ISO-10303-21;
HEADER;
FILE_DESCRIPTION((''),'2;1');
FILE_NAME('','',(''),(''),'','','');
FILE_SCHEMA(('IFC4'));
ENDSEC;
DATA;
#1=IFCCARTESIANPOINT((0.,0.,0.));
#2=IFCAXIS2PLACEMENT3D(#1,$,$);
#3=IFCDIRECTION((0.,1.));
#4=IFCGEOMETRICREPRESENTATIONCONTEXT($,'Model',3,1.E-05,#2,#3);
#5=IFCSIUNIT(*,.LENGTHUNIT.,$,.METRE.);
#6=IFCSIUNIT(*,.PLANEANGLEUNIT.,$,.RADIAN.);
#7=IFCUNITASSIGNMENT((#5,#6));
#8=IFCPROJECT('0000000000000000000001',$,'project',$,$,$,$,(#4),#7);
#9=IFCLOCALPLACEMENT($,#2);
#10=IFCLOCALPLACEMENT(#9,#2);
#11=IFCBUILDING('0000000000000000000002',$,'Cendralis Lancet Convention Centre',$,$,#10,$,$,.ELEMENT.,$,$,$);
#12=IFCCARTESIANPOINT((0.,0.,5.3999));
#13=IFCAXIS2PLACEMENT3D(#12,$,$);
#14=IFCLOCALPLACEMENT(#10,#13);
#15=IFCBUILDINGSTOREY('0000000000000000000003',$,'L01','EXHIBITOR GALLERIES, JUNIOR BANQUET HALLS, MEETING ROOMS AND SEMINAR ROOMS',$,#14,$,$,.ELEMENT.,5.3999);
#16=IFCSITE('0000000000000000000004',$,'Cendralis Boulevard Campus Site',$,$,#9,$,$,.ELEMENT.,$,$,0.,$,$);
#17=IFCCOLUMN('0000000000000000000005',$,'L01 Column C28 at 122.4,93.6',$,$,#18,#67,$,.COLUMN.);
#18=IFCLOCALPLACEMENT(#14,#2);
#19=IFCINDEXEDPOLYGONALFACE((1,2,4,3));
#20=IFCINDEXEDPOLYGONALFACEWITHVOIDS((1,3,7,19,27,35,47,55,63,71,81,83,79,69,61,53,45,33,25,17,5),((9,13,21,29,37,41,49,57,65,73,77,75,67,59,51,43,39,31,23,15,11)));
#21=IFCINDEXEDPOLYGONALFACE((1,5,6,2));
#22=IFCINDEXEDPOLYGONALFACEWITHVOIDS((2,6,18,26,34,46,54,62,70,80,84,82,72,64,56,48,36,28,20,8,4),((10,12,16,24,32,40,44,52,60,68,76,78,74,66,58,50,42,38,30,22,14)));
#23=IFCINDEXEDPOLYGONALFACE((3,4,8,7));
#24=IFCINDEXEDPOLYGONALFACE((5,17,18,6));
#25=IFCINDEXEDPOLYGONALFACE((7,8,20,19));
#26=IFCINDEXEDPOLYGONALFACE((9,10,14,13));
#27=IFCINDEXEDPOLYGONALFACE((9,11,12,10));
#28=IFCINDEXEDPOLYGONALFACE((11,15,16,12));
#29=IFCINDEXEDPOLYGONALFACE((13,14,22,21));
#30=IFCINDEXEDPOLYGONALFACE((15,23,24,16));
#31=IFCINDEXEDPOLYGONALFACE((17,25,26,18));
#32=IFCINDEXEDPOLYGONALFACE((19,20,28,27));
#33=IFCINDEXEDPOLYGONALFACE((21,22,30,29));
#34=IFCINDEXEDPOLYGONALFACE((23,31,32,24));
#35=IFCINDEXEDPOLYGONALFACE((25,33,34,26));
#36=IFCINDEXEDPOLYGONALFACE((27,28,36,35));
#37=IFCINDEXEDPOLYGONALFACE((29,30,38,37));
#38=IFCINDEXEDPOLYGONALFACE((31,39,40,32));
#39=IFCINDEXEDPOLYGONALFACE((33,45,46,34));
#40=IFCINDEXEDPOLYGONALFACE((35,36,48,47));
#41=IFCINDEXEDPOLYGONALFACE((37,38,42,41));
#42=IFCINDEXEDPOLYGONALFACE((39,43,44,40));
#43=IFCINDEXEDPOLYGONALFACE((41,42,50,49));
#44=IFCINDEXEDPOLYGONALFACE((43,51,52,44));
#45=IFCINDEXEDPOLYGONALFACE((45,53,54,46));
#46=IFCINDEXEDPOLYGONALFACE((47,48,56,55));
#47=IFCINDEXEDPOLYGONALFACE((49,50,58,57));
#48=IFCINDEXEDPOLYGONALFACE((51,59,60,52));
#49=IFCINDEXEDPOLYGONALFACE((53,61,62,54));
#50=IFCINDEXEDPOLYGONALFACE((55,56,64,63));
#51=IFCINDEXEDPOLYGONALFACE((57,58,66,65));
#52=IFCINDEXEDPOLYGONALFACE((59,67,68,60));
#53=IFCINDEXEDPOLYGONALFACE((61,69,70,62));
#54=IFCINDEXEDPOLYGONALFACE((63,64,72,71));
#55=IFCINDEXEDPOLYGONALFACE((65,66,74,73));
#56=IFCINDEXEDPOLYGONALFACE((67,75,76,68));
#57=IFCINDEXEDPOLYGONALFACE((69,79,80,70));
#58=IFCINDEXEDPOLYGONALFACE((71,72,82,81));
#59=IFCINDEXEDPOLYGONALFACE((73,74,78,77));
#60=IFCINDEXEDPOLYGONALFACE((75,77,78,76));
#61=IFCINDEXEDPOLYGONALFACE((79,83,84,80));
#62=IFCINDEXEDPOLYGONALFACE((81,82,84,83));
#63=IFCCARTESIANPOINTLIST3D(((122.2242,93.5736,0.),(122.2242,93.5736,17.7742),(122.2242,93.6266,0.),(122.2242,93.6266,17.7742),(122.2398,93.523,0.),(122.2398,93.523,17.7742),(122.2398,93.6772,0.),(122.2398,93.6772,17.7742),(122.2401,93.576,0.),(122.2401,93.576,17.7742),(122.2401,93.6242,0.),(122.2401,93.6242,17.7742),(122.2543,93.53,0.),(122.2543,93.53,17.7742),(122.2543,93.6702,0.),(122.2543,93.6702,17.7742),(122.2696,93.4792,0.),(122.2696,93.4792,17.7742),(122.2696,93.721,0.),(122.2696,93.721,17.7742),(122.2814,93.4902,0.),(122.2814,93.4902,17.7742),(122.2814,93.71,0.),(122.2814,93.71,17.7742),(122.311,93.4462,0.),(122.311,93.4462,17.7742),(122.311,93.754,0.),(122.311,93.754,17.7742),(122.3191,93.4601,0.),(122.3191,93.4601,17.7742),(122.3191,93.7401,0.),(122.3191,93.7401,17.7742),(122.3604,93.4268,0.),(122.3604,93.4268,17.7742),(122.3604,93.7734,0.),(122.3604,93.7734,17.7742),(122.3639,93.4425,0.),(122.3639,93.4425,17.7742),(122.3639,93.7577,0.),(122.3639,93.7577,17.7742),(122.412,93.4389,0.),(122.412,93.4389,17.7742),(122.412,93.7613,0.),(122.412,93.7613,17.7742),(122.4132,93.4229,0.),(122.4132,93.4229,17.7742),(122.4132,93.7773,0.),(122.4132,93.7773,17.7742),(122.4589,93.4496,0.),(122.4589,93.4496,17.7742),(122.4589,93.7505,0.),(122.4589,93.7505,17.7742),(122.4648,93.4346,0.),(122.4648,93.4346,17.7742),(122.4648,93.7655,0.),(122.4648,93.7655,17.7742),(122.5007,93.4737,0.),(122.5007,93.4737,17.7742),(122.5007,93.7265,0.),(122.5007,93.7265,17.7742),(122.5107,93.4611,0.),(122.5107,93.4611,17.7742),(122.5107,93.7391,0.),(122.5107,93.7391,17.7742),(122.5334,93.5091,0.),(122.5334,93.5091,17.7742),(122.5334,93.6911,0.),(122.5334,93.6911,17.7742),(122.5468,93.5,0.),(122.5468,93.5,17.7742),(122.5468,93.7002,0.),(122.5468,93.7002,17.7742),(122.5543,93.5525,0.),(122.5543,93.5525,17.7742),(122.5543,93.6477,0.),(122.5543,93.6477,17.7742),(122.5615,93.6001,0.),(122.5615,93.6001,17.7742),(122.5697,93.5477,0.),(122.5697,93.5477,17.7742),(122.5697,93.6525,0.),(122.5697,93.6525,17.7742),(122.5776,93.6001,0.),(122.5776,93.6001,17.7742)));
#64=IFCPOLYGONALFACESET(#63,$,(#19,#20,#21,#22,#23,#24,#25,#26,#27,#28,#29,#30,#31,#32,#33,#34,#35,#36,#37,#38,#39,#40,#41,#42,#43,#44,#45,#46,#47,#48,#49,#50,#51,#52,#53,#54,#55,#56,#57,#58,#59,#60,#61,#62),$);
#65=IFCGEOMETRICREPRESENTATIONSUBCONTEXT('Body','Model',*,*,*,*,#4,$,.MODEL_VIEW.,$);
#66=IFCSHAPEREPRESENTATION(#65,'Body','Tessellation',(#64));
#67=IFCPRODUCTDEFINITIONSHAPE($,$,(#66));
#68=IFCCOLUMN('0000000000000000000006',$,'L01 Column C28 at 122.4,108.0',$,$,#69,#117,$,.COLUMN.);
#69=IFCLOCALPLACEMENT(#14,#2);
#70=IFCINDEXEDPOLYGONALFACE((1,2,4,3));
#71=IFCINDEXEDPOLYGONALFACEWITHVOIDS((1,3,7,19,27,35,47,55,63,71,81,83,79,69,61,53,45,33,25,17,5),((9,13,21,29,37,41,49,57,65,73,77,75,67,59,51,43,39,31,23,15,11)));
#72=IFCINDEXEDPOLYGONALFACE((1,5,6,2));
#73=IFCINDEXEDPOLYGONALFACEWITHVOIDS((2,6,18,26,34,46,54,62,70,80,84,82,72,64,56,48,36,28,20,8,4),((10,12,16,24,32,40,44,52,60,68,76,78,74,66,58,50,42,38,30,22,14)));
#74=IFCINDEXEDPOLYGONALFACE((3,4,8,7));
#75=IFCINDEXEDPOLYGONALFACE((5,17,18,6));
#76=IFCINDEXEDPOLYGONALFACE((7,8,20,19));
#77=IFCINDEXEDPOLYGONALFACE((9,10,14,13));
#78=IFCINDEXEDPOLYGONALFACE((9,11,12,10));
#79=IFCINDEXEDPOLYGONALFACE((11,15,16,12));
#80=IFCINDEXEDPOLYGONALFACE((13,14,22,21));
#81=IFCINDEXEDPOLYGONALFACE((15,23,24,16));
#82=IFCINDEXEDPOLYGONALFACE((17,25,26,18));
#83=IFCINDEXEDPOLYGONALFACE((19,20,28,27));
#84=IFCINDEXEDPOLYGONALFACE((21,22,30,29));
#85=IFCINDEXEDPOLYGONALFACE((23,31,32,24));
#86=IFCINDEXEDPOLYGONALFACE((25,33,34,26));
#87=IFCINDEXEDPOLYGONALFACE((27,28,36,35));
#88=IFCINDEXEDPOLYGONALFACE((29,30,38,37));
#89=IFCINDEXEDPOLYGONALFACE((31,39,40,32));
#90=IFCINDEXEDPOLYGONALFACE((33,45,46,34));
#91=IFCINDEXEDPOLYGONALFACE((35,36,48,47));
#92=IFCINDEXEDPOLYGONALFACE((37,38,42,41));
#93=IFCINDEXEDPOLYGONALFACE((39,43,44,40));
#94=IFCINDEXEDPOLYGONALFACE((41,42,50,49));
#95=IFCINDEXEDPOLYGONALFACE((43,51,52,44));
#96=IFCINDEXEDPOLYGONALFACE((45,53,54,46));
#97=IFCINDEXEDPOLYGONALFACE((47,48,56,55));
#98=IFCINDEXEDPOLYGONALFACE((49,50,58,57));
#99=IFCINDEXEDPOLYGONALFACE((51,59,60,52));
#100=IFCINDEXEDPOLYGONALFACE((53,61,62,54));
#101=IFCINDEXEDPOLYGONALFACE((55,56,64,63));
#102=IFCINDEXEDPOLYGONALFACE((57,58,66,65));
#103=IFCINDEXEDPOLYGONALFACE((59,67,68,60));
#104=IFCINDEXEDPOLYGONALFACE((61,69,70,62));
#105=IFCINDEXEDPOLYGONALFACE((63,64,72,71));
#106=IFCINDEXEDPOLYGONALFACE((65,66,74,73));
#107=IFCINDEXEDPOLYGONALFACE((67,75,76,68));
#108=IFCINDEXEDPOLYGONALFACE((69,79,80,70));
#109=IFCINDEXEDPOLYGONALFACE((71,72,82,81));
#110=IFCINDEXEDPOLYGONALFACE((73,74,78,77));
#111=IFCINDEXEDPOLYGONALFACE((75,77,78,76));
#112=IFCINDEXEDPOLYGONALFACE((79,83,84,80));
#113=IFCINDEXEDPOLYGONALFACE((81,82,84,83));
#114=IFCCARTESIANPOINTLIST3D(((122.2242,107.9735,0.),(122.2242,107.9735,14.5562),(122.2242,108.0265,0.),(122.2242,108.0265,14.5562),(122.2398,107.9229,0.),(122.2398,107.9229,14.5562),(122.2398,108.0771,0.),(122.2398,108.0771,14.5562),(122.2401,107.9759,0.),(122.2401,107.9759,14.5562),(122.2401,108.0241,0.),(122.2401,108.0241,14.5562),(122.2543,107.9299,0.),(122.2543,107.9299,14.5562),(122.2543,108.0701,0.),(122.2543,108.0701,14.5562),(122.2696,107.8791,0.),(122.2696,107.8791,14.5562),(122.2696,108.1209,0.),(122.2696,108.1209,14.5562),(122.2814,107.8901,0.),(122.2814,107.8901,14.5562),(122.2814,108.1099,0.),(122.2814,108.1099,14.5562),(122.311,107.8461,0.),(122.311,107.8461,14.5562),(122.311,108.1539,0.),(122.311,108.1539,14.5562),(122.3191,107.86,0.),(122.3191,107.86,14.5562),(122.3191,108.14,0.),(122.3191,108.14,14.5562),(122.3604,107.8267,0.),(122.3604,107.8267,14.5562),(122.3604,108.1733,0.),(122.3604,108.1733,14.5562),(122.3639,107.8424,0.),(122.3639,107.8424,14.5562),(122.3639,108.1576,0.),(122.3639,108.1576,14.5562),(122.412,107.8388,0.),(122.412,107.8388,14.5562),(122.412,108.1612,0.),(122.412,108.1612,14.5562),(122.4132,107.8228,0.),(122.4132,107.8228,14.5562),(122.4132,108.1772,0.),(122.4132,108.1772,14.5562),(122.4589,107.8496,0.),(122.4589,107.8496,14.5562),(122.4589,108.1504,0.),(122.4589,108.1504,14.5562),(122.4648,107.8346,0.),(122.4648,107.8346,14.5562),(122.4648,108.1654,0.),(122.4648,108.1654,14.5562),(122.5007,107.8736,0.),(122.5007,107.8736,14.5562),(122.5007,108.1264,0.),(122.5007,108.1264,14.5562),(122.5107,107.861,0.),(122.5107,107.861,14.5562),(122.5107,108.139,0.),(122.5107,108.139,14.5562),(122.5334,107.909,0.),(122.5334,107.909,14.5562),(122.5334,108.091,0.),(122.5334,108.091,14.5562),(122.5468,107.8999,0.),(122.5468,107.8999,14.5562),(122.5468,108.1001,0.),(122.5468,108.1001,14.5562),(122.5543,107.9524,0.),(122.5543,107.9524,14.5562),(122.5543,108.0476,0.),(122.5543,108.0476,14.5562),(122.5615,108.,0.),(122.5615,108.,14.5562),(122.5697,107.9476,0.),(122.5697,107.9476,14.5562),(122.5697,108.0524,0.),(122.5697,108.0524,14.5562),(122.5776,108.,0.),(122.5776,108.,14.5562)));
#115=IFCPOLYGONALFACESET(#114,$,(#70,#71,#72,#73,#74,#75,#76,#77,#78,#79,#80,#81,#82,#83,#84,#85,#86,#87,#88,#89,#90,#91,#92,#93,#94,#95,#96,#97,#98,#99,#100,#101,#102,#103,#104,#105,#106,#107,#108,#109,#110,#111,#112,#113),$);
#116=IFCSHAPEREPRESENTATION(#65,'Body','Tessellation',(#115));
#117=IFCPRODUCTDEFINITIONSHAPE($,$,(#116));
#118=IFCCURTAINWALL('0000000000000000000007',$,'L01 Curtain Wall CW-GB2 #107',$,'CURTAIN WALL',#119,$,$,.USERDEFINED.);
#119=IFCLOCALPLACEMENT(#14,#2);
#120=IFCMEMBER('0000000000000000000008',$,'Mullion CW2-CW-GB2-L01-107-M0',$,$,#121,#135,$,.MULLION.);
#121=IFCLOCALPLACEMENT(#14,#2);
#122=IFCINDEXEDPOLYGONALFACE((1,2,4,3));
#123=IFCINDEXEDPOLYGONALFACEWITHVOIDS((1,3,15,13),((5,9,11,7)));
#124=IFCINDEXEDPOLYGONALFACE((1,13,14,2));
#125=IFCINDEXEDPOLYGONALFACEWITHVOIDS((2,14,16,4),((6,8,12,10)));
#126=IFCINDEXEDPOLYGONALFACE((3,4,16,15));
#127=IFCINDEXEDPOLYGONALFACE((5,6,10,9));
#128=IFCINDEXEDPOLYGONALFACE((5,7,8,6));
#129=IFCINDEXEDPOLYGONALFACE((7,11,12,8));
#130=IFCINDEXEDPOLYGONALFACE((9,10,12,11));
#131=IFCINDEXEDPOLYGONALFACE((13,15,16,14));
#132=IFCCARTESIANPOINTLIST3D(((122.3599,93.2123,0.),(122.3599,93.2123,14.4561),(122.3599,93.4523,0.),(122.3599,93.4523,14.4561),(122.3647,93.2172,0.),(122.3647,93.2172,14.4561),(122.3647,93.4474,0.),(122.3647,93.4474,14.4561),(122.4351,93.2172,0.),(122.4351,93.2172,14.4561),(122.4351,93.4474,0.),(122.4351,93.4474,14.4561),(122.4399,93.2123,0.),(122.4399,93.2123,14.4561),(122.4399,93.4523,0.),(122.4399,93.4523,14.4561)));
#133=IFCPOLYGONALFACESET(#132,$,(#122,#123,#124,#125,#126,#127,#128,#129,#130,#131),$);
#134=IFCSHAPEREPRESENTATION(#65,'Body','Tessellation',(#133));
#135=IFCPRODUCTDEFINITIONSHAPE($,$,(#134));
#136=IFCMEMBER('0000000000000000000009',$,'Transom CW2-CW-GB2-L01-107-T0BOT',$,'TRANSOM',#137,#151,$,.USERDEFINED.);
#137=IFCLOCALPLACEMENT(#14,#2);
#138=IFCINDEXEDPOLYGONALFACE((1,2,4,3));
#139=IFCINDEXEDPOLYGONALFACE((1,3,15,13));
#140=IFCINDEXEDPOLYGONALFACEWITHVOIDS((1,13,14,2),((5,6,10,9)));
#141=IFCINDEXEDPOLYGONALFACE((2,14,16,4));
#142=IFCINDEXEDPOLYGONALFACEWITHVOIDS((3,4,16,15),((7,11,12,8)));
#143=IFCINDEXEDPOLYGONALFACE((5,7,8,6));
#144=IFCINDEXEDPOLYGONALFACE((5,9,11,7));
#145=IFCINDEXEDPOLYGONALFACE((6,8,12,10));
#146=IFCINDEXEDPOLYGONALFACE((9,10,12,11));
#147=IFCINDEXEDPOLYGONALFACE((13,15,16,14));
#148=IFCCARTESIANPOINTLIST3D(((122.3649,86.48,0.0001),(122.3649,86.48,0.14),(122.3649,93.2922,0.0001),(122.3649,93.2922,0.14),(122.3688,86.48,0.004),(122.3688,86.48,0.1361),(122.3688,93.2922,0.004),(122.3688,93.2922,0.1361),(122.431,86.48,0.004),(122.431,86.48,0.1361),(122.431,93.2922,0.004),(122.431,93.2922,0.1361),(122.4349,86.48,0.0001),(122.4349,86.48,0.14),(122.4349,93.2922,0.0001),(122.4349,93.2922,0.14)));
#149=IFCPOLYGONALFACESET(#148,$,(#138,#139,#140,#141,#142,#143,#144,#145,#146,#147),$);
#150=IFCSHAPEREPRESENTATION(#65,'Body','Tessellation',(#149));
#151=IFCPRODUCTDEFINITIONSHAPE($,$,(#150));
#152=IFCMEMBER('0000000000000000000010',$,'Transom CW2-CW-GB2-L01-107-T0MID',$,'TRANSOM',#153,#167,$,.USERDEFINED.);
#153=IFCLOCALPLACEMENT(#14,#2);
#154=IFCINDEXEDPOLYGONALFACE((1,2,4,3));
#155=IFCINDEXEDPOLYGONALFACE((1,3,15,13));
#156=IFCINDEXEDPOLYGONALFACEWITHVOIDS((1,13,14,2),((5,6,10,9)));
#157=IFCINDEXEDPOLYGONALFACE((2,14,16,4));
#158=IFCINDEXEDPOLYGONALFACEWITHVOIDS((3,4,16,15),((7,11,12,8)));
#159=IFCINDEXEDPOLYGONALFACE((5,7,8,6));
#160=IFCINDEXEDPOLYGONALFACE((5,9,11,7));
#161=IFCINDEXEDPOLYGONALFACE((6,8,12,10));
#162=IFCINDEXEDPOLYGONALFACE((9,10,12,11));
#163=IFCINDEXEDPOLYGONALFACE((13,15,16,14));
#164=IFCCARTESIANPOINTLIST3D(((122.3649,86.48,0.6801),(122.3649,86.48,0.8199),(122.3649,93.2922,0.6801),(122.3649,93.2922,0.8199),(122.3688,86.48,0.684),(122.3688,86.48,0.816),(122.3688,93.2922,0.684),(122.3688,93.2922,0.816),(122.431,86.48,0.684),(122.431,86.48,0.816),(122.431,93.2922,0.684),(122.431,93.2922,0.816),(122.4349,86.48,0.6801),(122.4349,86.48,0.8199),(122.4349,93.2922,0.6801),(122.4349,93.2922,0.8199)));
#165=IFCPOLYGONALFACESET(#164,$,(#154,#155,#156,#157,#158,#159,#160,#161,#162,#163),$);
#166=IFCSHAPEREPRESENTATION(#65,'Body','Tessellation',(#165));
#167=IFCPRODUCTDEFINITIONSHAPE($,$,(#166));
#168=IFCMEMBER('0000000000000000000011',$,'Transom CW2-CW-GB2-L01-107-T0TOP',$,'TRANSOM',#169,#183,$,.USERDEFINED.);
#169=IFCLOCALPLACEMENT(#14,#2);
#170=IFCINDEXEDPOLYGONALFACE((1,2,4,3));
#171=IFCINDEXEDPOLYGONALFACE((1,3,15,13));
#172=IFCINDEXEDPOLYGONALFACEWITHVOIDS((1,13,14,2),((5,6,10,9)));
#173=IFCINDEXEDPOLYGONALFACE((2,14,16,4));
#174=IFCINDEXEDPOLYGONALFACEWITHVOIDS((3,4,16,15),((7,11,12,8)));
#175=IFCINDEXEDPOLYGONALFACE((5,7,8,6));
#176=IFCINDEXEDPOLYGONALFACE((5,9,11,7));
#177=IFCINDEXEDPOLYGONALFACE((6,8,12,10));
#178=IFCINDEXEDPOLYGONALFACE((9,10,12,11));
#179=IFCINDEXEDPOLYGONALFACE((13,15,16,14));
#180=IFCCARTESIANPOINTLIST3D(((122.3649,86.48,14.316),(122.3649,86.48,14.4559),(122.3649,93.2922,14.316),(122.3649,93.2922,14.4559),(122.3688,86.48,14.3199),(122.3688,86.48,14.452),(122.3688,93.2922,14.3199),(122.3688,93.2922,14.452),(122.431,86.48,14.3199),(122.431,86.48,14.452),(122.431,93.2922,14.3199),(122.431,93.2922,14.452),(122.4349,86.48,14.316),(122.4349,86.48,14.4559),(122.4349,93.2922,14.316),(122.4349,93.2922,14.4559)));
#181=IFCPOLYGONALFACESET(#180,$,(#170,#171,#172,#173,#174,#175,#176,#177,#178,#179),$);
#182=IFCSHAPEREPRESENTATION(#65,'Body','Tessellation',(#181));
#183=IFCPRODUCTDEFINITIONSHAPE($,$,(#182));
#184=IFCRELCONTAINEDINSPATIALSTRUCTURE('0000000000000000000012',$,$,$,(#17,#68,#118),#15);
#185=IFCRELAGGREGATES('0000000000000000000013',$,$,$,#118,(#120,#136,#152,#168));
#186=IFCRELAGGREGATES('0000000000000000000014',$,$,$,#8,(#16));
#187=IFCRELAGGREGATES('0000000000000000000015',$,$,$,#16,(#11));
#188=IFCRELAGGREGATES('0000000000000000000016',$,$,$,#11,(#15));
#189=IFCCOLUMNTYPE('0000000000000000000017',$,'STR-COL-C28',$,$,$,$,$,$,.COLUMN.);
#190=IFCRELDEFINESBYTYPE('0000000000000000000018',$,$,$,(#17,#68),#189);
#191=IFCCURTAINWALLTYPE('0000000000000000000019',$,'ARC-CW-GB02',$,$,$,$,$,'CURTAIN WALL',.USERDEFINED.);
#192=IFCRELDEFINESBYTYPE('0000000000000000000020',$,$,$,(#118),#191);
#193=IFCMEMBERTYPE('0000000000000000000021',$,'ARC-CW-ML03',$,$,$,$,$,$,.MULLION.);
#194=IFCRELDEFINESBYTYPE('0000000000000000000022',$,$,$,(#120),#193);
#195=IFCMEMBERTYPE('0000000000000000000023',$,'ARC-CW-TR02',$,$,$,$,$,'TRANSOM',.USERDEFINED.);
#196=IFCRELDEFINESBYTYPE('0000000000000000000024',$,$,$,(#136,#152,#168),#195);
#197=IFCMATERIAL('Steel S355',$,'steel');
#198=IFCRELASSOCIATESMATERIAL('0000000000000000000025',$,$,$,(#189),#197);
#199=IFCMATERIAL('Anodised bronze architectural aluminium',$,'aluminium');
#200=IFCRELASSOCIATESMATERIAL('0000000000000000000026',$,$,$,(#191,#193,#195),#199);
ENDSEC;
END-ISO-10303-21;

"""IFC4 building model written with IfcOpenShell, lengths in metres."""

from ifc_helpers import new_model, si_unit, direction, frame, origin, origin_2d, place, context, subcontext, project, spatial, hollow_rectangle, hollow_circle, extrude, material, material_profile, profile_set, type_object, element, aggregate, save


model = new_model("IFC4")

# Units and contexts
model_context = context("Model", 3, precision=1e-05, world=origin(), true_north=direction((0.0, 1.0)))
body_context = subcontext(model_context, "Body", "Model", "MODEL_VIEW")
ifc_project = project(units=[si_unit("LENGTHUNIT", "METRE"), si_unit("PLANEANGLEUNIT", "RADIAN")], contexts=[model_context])

# Site, building, storey
site_placement = place(None, origin())
site = spatial("IfcSite", under=ifc_project, at=site_placement, Name="Cendralis Boulevard Campus Site", CompositionType="ELEMENT", RefElevation=0.0)
building_placement = place(site_placement, origin())
building = spatial("IfcBuilding", under=site, at=building_placement, Name="Cendralis Lancet Convention Centre", CompositionType="ELEMENT")
storey_placement = place(building_placement, frame((0.0, 0.0, 5.3999)))
storey = spatial("IfcBuildingStorey", under=building, at=storey_placement, Name="L01", Description="EXHIBITOR GALLERIES, JUNIOR BANQUET HALLS, MEETING ROOMS AND SEMINAR ROOMS", CompositionType="ELEMENT", Elevation=5.3999)

# Columns
ifc_material_1 = material(Name="Steel S355", Category="steel")
ifc_material_profile_1 = material_profile(ifc_material_1, hollow_circle(Radius=0.1777, WallThickness=0.0161, at=origin_2d()), Name="CHS 355.6x16.0")
ifc_profile_set_1 = profile_set([ifc_material_profile_1], Name="Steel S355")
column_type = type_object("IfcColumnType", Name="STR-COL-C28", PredefinedType="COLUMN", material=ifc_profile_set_1)
column_1_placement = place(storey_placement, frame((122.3999, 93.6001, 0.0), z_axis=(0.0, 0.0, 1.0), x_axis=(1.0, 0.0, 0.0)))
element("IfcColumn", 1, at=column_1_placement, inside=storey, type_object=column_type, Name="L01 Column C28 at 122.4,93.6", PredefinedType="COLUMN", context=body_context, shape_type="SweptSolid", body=[
    extrude(hollow_circle(Radius=0.1777, WallThickness=0.0161, at=origin_2d()), origin(), (0.0, 0.0, 1.0), 17.7742),
])
column_2_placement = place(storey_placement, frame((122.3999, 108.0, 0.0), z_axis=(0.0, 0.0, 1.0), x_axis=(1.0, 0.0, 0.0)))
element("IfcColumn", 2, at=column_2_placement, inside=storey, type_object=column_type, Name="L01 Column C28 at 122.4,108.0", PredefinedType="COLUMN", context=body_context, shape_type="SweptSolid", body=[
    extrude(hollow_circle(Radius=0.1777, WallThickness=0.0161, at=origin_2d()), origin(), (0.0, 0.0, 1.0), 14.5562),
])

# Curtain wall, members
ifc_material_2 = material(Name="Anodised bronze architectural aluminium", Category="aluminium")
curtain_wall_type = type_object("IfcCurtainWallType", Name="ARC-CW-GB02", ElementType="CURTAIN WALL", PredefinedType="USERDEFINED", material=ifc_material_2)
curtain_wall_placement = place(storey_placement, origin())
curtain_wall = element("IfcCurtainWall", 3, at=curtain_wall_placement, inside=storey, type_object=curtain_wall_type, Name="L01 Curtain Wall CW-GB2 #107", ObjectType="CURTAIN WALL", PredefinedType="USERDEFINED")
ifc_material_profile_2 = material_profile(ifc_material_2, hollow_rectangle(XDim=0.0801, YDim=0.24, WallThickness=0.0049, at=origin_2d()), Name="AL-MULL 80x240x5.0")
ifc_profile_set_2 = profile_set([ifc_material_profile_2], Name="Anodised bronze architectural aluminium")
member_type_1 = type_object("IfcMemberType", Name="ARC-CW-ML03", PredefinedType="MULLION", material=ifc_profile_set_2)
member_1_placement = place(storey_placement, frame((122.3999, 93.3323, 0.0), z_axis=(0.0, 0.0, 1.0), x_axis=(1.0, 0.0, 0.0)))
member_1 = element("IfcMember", 4, at=member_1_placement, type_object=member_type_1, Name="Mullion CW2-CW-GB2-L01-107-M0", PredefinedType="MULLION", context=body_context, shape_type="SweptSolid", body=[
    extrude(hollow_rectangle(XDim=0.0801, YDim=0.24, WallThickness=0.0049, at=origin_2d()), origin(), (0.0, 0.0, 1.0), 14.4561),
])
ifc_material_profile_3 = material_profile(ifc_material_2, hollow_rectangle(XDim=0.0701, YDim=0.1399, WallThickness=0.0039, at=origin_2d()), Name="AL-TRAN 70x140x4.0")
ifc_profile_set_3 = profile_set([ifc_material_profile_3], Name="Anodised bronze architectural aluminium")
member_type_2 = type_object("IfcMemberType", Name="ARC-CW-TR02", ElementType="TRANSOM", PredefinedType="USERDEFINED", material=ifc_profile_set_3)
member_2_placement = place(storey_placement, frame((122.3999, 93.2922, 0.0701), z_axis=(0.0, -1.0, 0.0), x_axis=(1.0, 0.0, 0.0)))
member_2 = element("IfcMember", 5, at=member_2_placement, type_object=member_type_2, Name="Transom CW2-CW-GB2-L01-107-T0BOT", ObjectType="TRANSOM", PredefinedType="USERDEFINED", context=body_context, shape_type="SweptSolid", body=[
    extrude(hollow_rectangle(XDim=0.0701, YDim=0.1399, WallThickness=0.0039, at=origin_2d()), origin(), (0.0, 0.0, 1.0), 6.8123),
])
member_3_placement = place(storey_placement, frame((122.3999, 93.2922, 0.75), z_axis=(0.0, -1.0, 0.0), x_axis=(1.0, 0.0, 0.0)))
member_3 = element("IfcMember", 6, at=member_3_placement, type_object=member_type_2, Name="Transom CW2-CW-GB2-L01-107-T0MID", ObjectType="TRANSOM", PredefinedType="USERDEFINED", context=body_context, shape_type="SweptSolid", body=[
    extrude(hollow_rectangle(XDim=0.0701, YDim=0.1399, WallThickness=0.0039, at=origin_2d()), origin(), (0.0, 0.0, 1.0), 6.8123),
])
member_4_placement = place(storey_placement, frame((122.3999, 93.2922, 14.386), z_axis=(0.0, -1.0, 0.0), x_axis=(1.0, 0.0, 0.0)))
member_4 = element("IfcMember", 7, at=member_4_placement, type_object=member_type_2, Name="Transom CW2-CW-GB2-L01-107-T0TOP", ObjectType="TRANSOM", PredefinedType="USERDEFINED", context=body_context, shape_type="SweptSolid", body=[
    extrude(hollow_rectangle(XDim=0.0701, YDim=0.1399, WallThickness=0.0039, at=origin_2d()), origin(), (0.0, 0.0, 1.0), 6.8123),
])

aggregate(curtain_wall, [member_1, member_2, member_3, member_4])

save(model, "model.ifc")
